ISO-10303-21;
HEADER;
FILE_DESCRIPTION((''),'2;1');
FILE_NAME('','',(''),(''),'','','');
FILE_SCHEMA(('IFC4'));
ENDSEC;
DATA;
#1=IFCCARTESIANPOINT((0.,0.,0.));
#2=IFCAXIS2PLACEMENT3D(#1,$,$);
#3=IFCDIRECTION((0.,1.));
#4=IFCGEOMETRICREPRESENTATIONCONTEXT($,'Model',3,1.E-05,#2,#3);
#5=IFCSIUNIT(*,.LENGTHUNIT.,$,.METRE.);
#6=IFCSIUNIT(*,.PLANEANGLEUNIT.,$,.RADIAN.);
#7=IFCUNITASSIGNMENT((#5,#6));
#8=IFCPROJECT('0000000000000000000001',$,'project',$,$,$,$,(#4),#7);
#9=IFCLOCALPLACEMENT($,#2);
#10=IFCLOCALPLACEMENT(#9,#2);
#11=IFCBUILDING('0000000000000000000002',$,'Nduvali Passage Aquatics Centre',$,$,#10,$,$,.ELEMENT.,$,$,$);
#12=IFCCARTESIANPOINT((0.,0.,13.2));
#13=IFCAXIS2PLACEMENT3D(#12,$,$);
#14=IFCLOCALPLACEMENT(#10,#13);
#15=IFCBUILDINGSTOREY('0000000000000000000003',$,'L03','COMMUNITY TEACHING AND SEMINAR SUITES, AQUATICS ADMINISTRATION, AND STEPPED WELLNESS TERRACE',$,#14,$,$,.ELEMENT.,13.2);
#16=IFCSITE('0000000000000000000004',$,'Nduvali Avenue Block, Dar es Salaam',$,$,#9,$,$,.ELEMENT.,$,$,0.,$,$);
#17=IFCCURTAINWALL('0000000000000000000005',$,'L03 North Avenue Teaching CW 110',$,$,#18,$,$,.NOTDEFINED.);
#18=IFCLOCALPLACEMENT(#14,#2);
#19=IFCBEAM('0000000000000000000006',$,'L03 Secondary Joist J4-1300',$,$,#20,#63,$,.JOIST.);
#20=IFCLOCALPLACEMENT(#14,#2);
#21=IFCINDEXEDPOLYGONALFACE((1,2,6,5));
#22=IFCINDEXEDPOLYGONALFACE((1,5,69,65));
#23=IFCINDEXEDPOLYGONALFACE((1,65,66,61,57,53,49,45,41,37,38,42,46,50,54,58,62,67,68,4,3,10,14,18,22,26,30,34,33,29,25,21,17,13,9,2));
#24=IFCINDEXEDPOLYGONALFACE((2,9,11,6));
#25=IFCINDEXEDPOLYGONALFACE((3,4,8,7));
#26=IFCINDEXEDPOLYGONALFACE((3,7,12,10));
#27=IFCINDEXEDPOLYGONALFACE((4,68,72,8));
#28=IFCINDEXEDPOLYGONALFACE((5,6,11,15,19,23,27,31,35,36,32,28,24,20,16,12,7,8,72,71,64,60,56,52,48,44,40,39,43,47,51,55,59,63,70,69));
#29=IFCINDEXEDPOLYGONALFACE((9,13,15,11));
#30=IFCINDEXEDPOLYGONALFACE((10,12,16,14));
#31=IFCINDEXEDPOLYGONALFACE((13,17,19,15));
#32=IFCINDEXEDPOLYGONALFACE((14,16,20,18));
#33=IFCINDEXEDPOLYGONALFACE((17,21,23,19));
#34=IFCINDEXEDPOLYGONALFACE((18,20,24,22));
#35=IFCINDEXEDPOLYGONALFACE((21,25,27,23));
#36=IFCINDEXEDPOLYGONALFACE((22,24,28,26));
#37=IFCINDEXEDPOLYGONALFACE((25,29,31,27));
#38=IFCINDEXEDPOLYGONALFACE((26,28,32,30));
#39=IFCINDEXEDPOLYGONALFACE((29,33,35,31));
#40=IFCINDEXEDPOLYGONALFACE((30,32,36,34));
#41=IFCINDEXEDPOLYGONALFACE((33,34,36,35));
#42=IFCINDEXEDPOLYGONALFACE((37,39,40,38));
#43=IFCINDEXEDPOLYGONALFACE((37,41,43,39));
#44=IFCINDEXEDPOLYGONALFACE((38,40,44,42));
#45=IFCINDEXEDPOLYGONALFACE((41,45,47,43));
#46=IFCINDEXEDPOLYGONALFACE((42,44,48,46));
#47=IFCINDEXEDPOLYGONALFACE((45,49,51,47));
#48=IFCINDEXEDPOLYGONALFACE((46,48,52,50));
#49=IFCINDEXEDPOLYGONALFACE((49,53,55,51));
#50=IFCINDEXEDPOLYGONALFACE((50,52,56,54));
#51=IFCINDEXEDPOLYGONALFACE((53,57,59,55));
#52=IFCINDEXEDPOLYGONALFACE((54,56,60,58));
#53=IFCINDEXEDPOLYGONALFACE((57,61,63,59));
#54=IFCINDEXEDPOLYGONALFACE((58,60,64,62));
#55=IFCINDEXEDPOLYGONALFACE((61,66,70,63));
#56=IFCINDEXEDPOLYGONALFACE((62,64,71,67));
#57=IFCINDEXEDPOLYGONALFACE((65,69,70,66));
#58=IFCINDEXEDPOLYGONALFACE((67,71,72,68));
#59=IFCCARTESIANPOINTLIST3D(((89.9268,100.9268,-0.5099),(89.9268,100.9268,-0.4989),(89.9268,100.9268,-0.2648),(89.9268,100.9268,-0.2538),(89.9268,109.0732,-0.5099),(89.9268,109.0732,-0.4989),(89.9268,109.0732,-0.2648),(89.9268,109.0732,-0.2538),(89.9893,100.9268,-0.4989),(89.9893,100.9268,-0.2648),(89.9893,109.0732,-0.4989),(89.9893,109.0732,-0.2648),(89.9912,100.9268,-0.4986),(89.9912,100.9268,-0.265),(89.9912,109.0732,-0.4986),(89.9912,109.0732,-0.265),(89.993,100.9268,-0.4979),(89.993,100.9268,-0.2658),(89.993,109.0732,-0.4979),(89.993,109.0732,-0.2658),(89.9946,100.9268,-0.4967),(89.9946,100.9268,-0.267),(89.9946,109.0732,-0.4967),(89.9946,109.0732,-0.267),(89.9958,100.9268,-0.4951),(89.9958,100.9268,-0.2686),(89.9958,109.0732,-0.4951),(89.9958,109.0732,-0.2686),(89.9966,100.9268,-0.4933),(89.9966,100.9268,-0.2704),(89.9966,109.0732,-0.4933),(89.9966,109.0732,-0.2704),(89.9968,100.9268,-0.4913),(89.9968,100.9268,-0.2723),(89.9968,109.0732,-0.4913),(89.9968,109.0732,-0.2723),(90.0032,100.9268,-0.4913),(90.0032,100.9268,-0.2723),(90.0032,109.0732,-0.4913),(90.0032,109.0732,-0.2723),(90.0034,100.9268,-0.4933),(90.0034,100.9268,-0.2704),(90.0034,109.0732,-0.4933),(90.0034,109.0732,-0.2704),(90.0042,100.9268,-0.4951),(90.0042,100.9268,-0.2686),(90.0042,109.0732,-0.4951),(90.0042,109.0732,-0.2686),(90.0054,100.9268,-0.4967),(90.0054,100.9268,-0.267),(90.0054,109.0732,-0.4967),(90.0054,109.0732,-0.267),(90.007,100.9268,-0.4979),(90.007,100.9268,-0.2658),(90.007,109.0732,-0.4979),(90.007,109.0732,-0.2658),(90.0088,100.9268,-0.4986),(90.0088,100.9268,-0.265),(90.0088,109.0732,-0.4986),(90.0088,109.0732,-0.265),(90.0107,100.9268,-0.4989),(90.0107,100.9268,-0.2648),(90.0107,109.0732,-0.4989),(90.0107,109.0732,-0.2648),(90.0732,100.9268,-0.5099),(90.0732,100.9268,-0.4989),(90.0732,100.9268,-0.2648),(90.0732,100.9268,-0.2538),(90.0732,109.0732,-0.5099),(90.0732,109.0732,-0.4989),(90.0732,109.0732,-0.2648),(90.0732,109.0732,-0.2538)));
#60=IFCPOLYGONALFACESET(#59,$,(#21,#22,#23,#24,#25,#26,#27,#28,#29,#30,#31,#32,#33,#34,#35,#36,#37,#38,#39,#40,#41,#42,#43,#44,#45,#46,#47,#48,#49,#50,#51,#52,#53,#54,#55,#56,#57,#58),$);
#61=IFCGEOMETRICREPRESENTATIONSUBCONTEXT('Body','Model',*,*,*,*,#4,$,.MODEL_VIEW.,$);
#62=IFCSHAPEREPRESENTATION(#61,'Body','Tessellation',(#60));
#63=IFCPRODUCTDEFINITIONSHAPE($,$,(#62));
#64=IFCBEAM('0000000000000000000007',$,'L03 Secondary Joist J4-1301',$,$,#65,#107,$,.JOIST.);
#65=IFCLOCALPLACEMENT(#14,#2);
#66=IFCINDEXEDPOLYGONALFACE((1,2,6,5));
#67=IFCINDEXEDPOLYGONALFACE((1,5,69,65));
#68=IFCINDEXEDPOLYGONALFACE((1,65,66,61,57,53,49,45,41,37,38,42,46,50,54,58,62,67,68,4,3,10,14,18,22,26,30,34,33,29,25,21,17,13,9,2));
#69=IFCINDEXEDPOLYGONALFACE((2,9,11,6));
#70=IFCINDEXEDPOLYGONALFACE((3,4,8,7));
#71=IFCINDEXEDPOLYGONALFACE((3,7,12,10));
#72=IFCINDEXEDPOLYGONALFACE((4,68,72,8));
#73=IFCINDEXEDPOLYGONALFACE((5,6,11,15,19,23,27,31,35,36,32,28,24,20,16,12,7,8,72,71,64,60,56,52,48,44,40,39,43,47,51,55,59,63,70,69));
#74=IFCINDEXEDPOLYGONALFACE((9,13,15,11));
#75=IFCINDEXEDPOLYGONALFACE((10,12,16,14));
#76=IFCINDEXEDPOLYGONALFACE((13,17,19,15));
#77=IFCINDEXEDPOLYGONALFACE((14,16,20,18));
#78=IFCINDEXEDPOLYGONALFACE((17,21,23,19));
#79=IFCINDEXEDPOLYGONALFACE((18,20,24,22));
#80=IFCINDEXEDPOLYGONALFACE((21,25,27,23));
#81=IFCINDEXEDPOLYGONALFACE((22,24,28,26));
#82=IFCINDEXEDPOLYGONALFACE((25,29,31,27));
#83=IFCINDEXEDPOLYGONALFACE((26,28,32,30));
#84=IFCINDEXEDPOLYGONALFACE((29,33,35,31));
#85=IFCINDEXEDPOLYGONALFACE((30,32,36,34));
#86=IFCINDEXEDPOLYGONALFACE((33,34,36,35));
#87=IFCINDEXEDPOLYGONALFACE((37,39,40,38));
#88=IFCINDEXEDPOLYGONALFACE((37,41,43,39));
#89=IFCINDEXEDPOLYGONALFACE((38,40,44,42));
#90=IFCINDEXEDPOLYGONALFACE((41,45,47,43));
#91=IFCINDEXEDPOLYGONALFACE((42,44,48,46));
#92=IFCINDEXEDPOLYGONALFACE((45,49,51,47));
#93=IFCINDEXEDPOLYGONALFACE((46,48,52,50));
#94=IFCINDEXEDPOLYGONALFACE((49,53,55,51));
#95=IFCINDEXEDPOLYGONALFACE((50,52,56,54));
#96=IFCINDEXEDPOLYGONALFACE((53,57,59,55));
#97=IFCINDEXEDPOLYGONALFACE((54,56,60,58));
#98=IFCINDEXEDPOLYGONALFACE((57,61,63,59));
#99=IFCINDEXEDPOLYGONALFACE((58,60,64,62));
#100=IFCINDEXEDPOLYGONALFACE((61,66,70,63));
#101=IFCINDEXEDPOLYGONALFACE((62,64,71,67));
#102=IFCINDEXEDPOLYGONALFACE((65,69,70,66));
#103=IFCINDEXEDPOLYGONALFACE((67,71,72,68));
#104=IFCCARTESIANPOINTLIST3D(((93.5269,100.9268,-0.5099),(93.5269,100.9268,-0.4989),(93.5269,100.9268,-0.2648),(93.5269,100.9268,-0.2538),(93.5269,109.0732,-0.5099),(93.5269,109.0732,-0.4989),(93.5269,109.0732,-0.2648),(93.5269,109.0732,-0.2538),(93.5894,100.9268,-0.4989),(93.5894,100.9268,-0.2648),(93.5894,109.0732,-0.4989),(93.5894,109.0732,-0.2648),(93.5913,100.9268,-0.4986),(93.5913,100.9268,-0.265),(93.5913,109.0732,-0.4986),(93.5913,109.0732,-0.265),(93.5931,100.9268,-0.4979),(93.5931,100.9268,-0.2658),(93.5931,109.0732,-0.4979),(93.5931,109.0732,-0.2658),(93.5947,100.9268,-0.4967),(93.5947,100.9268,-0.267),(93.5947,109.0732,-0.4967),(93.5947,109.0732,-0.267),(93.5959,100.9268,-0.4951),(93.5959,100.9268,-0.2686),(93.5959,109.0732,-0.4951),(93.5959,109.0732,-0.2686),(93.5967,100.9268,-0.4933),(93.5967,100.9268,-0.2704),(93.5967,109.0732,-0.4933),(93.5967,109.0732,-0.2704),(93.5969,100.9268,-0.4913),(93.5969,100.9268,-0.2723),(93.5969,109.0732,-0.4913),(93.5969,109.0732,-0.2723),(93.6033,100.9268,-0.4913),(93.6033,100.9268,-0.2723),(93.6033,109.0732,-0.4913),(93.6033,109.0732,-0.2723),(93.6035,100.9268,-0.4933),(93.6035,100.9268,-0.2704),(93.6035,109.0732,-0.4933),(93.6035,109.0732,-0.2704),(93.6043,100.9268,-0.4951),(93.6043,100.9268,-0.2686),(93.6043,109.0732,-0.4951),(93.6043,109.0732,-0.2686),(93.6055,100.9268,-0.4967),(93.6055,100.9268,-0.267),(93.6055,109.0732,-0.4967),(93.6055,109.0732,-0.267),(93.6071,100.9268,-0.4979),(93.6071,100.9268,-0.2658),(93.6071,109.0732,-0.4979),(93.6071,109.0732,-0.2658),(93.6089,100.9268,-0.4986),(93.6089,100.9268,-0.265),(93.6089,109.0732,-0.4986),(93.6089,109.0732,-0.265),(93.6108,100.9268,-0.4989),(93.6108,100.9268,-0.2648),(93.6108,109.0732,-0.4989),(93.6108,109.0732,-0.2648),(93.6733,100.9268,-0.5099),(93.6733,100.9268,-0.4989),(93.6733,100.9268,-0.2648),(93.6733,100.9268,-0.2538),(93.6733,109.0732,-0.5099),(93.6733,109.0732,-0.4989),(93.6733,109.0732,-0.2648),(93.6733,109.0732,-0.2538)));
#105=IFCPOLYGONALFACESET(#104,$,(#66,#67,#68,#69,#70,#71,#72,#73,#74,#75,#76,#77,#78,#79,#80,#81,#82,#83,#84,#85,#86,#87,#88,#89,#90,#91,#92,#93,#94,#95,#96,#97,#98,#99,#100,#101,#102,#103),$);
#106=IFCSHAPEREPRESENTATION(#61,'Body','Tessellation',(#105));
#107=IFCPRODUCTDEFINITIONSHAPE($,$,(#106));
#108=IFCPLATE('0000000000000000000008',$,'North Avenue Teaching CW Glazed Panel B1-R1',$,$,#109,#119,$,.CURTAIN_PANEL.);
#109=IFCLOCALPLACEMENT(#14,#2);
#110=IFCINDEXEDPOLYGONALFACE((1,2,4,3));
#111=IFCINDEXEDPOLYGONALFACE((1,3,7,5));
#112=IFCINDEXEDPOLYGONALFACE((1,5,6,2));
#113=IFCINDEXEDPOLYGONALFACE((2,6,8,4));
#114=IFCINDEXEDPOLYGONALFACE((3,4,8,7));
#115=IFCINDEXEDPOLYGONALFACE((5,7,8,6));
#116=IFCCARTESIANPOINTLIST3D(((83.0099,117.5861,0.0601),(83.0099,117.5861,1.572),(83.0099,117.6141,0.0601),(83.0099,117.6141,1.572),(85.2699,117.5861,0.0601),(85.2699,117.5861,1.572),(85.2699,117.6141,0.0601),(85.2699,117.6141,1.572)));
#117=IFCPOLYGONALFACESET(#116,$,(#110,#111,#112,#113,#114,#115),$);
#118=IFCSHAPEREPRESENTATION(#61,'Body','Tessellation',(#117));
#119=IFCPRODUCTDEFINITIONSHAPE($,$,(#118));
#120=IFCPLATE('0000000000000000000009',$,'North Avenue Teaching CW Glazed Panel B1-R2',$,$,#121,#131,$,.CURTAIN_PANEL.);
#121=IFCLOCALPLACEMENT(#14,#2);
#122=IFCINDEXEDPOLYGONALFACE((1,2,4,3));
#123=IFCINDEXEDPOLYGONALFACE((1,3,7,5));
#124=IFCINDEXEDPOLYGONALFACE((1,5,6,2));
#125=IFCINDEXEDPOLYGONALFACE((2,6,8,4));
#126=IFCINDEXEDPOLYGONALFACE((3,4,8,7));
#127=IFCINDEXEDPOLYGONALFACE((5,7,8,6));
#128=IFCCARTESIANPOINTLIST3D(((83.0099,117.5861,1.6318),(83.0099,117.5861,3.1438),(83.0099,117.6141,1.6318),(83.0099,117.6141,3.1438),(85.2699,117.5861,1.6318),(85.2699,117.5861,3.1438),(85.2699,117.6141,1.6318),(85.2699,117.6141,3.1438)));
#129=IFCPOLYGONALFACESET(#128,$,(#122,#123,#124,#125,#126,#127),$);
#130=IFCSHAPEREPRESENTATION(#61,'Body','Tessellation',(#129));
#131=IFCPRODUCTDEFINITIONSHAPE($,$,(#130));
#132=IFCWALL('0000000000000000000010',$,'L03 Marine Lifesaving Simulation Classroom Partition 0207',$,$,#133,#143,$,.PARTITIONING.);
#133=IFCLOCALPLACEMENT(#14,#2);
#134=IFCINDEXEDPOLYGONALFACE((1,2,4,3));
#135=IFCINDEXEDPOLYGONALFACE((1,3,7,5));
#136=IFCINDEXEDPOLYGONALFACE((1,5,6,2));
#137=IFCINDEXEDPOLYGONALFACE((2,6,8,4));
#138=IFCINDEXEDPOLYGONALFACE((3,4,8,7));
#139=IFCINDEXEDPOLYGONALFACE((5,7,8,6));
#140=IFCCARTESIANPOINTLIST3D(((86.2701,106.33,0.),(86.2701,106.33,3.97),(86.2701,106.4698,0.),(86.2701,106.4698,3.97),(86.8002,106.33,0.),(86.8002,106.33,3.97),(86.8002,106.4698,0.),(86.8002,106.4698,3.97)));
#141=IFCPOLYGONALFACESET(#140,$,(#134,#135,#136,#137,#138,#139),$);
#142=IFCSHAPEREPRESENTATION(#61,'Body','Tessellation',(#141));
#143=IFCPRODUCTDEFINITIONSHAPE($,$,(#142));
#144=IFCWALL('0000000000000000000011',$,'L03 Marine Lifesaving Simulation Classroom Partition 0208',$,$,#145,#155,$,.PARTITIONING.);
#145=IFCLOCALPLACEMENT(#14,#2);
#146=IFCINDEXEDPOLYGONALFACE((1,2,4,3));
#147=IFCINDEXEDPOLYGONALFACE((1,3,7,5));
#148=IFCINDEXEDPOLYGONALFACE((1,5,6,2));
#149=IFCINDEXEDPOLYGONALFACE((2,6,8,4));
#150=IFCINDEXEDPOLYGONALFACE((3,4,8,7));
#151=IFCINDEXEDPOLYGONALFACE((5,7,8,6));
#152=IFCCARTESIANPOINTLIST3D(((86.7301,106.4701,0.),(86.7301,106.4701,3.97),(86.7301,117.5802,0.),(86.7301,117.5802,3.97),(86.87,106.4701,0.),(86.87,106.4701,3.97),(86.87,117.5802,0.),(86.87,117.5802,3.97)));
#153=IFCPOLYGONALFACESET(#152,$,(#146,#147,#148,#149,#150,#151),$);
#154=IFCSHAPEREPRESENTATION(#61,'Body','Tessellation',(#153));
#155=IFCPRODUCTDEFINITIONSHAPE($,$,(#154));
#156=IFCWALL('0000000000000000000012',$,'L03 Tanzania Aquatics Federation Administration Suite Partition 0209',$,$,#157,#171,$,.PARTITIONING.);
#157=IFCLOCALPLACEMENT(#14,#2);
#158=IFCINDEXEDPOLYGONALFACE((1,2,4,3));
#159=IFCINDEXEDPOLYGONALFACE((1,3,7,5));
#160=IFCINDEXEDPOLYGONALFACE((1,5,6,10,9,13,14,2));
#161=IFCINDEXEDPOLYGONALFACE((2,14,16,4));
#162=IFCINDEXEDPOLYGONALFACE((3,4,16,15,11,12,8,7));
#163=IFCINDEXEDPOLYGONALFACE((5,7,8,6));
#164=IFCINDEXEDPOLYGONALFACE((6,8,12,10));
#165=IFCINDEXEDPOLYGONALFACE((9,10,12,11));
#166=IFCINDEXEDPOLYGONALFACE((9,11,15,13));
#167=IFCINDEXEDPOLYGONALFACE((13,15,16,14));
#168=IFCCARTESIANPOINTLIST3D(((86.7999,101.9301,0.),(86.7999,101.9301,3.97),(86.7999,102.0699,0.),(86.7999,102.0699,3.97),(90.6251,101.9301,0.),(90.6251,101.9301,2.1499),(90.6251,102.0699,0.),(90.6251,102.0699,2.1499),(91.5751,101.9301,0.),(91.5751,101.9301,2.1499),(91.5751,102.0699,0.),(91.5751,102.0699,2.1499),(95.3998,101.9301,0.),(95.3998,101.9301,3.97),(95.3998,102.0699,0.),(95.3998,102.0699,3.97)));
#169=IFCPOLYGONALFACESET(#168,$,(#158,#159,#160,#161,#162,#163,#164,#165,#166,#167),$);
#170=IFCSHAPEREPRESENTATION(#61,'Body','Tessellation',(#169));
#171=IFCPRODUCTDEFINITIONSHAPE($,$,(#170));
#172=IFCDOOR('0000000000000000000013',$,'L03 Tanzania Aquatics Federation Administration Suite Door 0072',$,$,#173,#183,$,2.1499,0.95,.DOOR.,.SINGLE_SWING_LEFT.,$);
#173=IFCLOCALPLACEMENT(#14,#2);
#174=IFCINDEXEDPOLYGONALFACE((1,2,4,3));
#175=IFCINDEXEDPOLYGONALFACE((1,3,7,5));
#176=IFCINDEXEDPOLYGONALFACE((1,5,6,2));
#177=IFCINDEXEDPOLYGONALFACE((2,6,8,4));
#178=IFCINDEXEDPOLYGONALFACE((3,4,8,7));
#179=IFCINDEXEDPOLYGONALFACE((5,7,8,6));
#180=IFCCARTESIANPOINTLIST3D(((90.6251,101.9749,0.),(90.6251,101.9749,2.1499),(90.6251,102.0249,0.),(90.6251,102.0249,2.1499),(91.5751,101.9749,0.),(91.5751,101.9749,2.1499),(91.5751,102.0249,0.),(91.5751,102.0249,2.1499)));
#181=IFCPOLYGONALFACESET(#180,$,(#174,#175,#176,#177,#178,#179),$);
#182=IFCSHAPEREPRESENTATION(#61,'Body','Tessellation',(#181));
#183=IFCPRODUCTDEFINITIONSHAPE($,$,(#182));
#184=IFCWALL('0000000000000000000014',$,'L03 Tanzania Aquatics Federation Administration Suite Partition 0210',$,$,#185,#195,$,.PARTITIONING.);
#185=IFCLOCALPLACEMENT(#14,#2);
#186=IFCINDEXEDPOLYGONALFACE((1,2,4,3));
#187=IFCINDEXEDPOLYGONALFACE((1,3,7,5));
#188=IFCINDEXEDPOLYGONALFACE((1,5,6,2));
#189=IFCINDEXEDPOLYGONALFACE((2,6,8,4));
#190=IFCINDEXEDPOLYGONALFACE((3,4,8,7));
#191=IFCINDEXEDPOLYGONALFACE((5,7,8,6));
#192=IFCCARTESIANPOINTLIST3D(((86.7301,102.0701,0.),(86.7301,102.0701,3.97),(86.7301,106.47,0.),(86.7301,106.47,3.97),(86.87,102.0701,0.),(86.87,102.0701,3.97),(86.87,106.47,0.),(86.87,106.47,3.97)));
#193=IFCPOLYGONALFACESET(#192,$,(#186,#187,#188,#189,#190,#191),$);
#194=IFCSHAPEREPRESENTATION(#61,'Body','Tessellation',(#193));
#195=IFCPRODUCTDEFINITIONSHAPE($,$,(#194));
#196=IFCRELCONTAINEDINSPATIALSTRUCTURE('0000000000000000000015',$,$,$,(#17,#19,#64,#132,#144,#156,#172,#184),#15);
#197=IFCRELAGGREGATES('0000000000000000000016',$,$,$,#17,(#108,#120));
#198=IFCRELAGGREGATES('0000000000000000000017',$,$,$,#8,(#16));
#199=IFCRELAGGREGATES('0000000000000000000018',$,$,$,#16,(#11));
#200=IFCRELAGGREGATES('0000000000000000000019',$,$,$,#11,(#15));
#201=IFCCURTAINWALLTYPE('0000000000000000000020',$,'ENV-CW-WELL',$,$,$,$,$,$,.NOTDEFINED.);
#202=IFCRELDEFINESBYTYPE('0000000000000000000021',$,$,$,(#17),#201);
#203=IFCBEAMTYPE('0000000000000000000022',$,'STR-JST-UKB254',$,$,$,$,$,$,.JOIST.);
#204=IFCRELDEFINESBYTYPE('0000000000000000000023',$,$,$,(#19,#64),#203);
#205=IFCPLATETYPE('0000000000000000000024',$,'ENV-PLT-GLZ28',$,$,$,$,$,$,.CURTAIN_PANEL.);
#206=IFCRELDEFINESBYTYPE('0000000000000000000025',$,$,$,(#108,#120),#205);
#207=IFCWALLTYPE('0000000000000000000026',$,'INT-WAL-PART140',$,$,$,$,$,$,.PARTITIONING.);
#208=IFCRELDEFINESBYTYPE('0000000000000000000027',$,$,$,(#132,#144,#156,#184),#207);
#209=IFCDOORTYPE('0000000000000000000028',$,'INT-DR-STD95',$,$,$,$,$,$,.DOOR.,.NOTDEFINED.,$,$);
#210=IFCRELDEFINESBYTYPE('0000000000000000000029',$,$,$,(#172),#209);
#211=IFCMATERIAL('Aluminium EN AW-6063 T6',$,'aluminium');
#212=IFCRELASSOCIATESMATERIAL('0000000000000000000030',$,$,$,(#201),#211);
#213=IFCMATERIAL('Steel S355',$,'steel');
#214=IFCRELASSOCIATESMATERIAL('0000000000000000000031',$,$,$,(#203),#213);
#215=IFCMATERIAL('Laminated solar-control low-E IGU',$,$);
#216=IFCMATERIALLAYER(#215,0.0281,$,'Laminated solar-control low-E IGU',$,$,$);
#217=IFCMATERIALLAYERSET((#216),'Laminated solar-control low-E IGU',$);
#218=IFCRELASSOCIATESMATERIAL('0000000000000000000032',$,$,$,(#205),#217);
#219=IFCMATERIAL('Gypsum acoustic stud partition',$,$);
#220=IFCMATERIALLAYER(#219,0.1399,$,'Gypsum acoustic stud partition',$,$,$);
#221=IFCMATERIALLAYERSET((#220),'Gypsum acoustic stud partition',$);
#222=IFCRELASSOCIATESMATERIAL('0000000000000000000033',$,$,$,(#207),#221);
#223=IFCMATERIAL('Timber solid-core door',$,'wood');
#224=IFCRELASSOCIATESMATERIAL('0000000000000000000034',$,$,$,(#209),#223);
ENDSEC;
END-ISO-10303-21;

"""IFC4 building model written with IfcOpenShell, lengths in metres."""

from ifc_helpers import new_model, si_unit, direction, frame, frame_2d, origin, origin_2d, place, context, subcontext, project, spatial, rectangle, i_section, extrude, material, layer, layer_set, material_profile, profile_set, type_object, element, fill, aggregate, save


model = new_model("IFC4")

# Units and contexts
model_context = context("Model", 3, precision=1e-05, world=origin(), true_north=direction((0.0, 1.0)))
body_context = subcontext(model_context, "Body", "Model", "MODEL_VIEW")
ifc_project = project(units=[si_unit("LENGTHUNIT", "METRE"), si_unit("PLANEANGLEUNIT", "RADIAN")], contexts=[model_context])

# Site, building, storey
site_placement = place(None, origin())
site = spatial("IfcSite", under=ifc_project, at=site_placement, Name="Nduvali Avenue Block, Dar es Salaam", CompositionType="ELEMENT", RefElevation=0.0)
building_placement = place(site_placement, origin())
building = spatial("IfcBuilding", under=site, at=building_placement, Name="Nduvali Passage Aquatics Centre", CompositionType="ELEMENT")
storey_placement = place(building_placement, frame((0.0, 0.0, 13.2)))
storey = spatial("IfcBuildingStorey", under=building, at=storey_placement, Name="L03", Description="COMMUNITY TEACHING AND SEMINAR SUITES, AQUATICS ADMINISTRATION, AND STEPPED WELLNESS TERRACE", CompositionType="ELEMENT", Elevation=13.2)

# Shared definitions
ifc_material_1 = material(Name="Steel S355", Category="steel")

# Curtain wall
ifc_material_2 = material(Name="Aluminium EN AW-6063 T6", Category="aluminium")
curtain_wall_type = type_object("IfcCurtainWallType", Name="ENV-CW-WELL", PredefinedType="NOTDEFINED", material=ifc_material_2)
curtain_wall_placement = place(storey_placement, origin())
curtain_wall = element("IfcCurtainWall", 1, at=curtain_wall_placement, inside=storey, type_object=curtain_wall_type, Name="L03 North Avenue Teaching CW 110", PredefinedType="NOTDEFINED")

# Beams
ifc_material_profile_1 = material_profile(ifc_material_1, i_section(OverallWidth=0.1465, OverallDepth=0.2561, WebThickness=0.0063, FlangeThickness=0.011, FilletRadius=0.0076, at=origin_2d()), Name="UKB 254x146x37")
ifc_profile_set_1 = profile_set([ifc_material_profile_1], Name="Steel S355")
beam_type_1 = type_object("IfcBeamType", Name="STR-JST-UKB254", PredefinedType="JOIST", material=ifc_profile_set_1)
for number, where, z_axis, x_axis, name in (
    (2, (90.0, 100.9268, -0.3818), (0.0, 1.0, 0.0), (-1.0, 0.0, 0.0), "L03 Secondary Joist J4-1300"),
    (3, (93.6001, 100.9268, -0.3818), (0.0, 1.0, 0.0), (-1.0, 0.0, 0.0), "L03 Secondary Joist J4-1301"),
):
    element("IfcBeam", number, at=place(storey_placement, frame(where, z_axis=z_axis, x_axis=x_axis)), inside=storey, type_object=beam_type_1, Name=name, PredefinedType="JOIST", context=body_context, shape_type="SweptSolid", body=[
        extrude(i_section(OverallWidth=0.1465, OverallDepth=0.2561, WebThickness=0.0063, FlangeThickness=0.011, FilletRadius=0.0076, at=origin_2d()), origin(), (0.0, 0.0, 1.0), 8.1465),
    ])

# Plates
ifc_material_3 = material(Name="Laminated solar-control low-E IGU")
ifc_layer_1 = layer(ifc_material_3, 0.0281, Name="Laminated solar-control low-E IGU")
ifc_layer_set_1 = layer_set([ifc_layer_1], Name="Laminated solar-control low-E IGU")
plate_type = type_object("IfcPlateType", Name="ENV-PLT-GLZ28", PredefinedType="CURTAIN_PANEL", material=ifc_layer_set_1)
plate_1_placement = place(storey_placement, frame((84.1399, 117.6001, 0.0601), z_axis=(0.0, 0.0, 1.0), x_axis=(1.0, 0.0, 0.0)))
plate_1 = element("IfcPlate", 4, at=plate_1_placement, type_object=plate_type, Name="North Avenue Teaching CW Glazed Panel B1-R1", PredefinedType="CURTAIN_PANEL", context=body_context, shape_type="SweptSolid", body=[
    extrude(rectangle(XDim=2.26, YDim=0.0281, at=origin_2d()), origin(), (0.0, 0.0, 1.0), 1.512),
])
plate_2_placement = place(storey_placement, frame((84.1399, 117.6001, 1.6318), z_axis=(0.0, 0.0, 1.0), x_axis=(1.0, 0.0, 0.0)))
plate_2 = element("IfcPlate", 5, at=plate_2_placement, type_object=plate_type, Name="North Avenue Teaching CW Glazed Panel B1-R2", PredefinedType="CURTAIN_PANEL", context=body_context, shape_type="SweptSolid", body=[
    extrude(rectangle(XDim=2.26, YDim=0.0281, at=origin_2d()), origin(), (0.0, 0.0, 1.0), 1.512),
])
aggregate(curtain_wall, [plate_1, plate_2])

# Walls
ifc_material_4 = material(Name="Gypsum acoustic stud partition")
ifc_layer_2 = layer(ifc_material_4, 0.1399, Name="Gypsum acoustic stud partition")
ifc_layer_set_2 = layer_set([ifc_layer_2], Name="Gypsum acoustic stud partition")
wall_type_1 = type_object("IfcWallType", Name="INT-WAL-PART140", PredefinedType="PARTITIONING", material=ifc_layer_set_2)
wall_1_placement = place(storey_placement, frame((86.27, 106.3999, 0.0), z_axis=(0.0, 0.0, 1.0), x_axis=(1.0, 0.0, 0.0)))
element("IfcWall", 6, at=wall_1_placement, inside=storey, type_object=wall_type_1, Name="L03 Marine Lifesaving Simulation Classroom Partition 0207", PredefinedType="PARTITIONING", context=body_context, shape_type="SweptSolid", body=[
    extrude(rectangle(XDim=0.53, YDim=0.1399, at=frame_2d((0.2651, 0.0))), origin(), (0.0, 0.0, 1.0), 3.97),
])
wall_2_placement = place(storey_placement, frame((86.8, 106.47, 0.0), z_axis=(0.0, 0.0, 1.0), x_axis=(0.0, 1.0, 0.0)))
element("IfcWall", 7, at=wall_2_placement, inside=storey, type_object=wall_type_1, Name="L03 Marine Lifesaving Simulation Classroom Partition 0208", PredefinedType="PARTITIONING", context=body_context, shape_type="SweptSolid", body=[
    extrude(rectangle(XDim=11.1101, YDim=0.1399, at=frame_2d((5.5552, 0.0))), origin(), (0.0, 0.0, 1.0), 3.97),
])

# Wall, opening, door
wall_3_placement = place(storey_placement, frame((86.8, 102.0, 0.0), z_axis=(0.0, 0.0, 1.0), x_axis=(1.0, 0.0, 0.0)))
wall_3 = element("IfcWall", 8, at=wall_3_placement, inside=storey, type_object=wall_type_1, Name="L03 Tanzania Aquatics Federation Administration Suite Partition 0209", PredefinedType="PARTITIONING", context=body_context, shape_type="SweptSolid", body=[
    extrude(rectangle(XDim=8.5999, YDim=0.1399, at=frame_2d((4.2998, 0.0))), origin(), (0.0, 0.0, 1.0), 3.97),
])
opening_1_placement = place(wall_3_placement, frame((3.825, 0.0, 0.0)))
opening_1 = element("IfcOpeningElement", 9, at=opening_1_placement, cuts=wall_3, PredefinedType="OPENING", context=body_context, shape_type="SweptSolid", body=[
    extrude(rectangle(XDim=0.95, YDim=2.1499, at=frame_2d((0.4751, 1.075))), frame((0.0, 0.085, 0.0), z_axis=(0.0, -1.0, 0.0), x_axis=(1.0, 0.0, 0.0)), (0.0, 0.0, 1.0), 0.1697),
])
ifc_material_5 = material(Name="Timber solid-core door", Category="wood")
door_type_1 = type_object("IfcDoorType", Name="INT-DR-STD95", OperationType="NOTDEFINED", PredefinedType="DOOR", material=ifc_material_5)
door_1_placement = place(opening_1_placement, origin())
door_1 = element("IfcDoor", 10, at=door_1_placement, inside=storey, type_object=door_type_1, Name="L03 Tanzania Aquatics Federation Administration Suite Door 0072", OperationType="SINGLE_SWING_LEFT", OverallHeight=2.1499, OverallWidth=0.95, PredefinedType="DOOR", context=body_context, shape_type="SweptSolid", body=[
    extrude(rectangle(XDim=0.95, YDim=2.1499, at=frame_2d((0.4751, 1.075))), frame((0.0, 0.0249, 0.0), z_axis=(0.0, -1.0, 0.0), x_axis=(1.0, 0.0, 0.0)), (0.0, 0.0, 1.0), 0.05),
])
fill(opening_1, door_1)

# Wall
wall_4_placement = place(storey_placement, frame((86.8, 102.0701, 0.0), z_axis=(0.0, 0.0, 1.0), x_axis=(0.0, 1.0, 0.0)))
element("IfcWall", 11, at=wall_4_placement, inside=storey, type_object=wall_type_1, Name="L03 Tanzania Aquatics Federation Administration Suite Partition 0210", PredefinedType="PARTITIONING", context=body_context, shape_type="SweptSolid", body=[
    extrude(rectangle(XDim=4.3999, YDim=0.1399, at=frame_2d((2.2, 0.0))), origin(), (0.0, 0.0, 1.0), 3.97),
])

save(model, "model.ifc")
